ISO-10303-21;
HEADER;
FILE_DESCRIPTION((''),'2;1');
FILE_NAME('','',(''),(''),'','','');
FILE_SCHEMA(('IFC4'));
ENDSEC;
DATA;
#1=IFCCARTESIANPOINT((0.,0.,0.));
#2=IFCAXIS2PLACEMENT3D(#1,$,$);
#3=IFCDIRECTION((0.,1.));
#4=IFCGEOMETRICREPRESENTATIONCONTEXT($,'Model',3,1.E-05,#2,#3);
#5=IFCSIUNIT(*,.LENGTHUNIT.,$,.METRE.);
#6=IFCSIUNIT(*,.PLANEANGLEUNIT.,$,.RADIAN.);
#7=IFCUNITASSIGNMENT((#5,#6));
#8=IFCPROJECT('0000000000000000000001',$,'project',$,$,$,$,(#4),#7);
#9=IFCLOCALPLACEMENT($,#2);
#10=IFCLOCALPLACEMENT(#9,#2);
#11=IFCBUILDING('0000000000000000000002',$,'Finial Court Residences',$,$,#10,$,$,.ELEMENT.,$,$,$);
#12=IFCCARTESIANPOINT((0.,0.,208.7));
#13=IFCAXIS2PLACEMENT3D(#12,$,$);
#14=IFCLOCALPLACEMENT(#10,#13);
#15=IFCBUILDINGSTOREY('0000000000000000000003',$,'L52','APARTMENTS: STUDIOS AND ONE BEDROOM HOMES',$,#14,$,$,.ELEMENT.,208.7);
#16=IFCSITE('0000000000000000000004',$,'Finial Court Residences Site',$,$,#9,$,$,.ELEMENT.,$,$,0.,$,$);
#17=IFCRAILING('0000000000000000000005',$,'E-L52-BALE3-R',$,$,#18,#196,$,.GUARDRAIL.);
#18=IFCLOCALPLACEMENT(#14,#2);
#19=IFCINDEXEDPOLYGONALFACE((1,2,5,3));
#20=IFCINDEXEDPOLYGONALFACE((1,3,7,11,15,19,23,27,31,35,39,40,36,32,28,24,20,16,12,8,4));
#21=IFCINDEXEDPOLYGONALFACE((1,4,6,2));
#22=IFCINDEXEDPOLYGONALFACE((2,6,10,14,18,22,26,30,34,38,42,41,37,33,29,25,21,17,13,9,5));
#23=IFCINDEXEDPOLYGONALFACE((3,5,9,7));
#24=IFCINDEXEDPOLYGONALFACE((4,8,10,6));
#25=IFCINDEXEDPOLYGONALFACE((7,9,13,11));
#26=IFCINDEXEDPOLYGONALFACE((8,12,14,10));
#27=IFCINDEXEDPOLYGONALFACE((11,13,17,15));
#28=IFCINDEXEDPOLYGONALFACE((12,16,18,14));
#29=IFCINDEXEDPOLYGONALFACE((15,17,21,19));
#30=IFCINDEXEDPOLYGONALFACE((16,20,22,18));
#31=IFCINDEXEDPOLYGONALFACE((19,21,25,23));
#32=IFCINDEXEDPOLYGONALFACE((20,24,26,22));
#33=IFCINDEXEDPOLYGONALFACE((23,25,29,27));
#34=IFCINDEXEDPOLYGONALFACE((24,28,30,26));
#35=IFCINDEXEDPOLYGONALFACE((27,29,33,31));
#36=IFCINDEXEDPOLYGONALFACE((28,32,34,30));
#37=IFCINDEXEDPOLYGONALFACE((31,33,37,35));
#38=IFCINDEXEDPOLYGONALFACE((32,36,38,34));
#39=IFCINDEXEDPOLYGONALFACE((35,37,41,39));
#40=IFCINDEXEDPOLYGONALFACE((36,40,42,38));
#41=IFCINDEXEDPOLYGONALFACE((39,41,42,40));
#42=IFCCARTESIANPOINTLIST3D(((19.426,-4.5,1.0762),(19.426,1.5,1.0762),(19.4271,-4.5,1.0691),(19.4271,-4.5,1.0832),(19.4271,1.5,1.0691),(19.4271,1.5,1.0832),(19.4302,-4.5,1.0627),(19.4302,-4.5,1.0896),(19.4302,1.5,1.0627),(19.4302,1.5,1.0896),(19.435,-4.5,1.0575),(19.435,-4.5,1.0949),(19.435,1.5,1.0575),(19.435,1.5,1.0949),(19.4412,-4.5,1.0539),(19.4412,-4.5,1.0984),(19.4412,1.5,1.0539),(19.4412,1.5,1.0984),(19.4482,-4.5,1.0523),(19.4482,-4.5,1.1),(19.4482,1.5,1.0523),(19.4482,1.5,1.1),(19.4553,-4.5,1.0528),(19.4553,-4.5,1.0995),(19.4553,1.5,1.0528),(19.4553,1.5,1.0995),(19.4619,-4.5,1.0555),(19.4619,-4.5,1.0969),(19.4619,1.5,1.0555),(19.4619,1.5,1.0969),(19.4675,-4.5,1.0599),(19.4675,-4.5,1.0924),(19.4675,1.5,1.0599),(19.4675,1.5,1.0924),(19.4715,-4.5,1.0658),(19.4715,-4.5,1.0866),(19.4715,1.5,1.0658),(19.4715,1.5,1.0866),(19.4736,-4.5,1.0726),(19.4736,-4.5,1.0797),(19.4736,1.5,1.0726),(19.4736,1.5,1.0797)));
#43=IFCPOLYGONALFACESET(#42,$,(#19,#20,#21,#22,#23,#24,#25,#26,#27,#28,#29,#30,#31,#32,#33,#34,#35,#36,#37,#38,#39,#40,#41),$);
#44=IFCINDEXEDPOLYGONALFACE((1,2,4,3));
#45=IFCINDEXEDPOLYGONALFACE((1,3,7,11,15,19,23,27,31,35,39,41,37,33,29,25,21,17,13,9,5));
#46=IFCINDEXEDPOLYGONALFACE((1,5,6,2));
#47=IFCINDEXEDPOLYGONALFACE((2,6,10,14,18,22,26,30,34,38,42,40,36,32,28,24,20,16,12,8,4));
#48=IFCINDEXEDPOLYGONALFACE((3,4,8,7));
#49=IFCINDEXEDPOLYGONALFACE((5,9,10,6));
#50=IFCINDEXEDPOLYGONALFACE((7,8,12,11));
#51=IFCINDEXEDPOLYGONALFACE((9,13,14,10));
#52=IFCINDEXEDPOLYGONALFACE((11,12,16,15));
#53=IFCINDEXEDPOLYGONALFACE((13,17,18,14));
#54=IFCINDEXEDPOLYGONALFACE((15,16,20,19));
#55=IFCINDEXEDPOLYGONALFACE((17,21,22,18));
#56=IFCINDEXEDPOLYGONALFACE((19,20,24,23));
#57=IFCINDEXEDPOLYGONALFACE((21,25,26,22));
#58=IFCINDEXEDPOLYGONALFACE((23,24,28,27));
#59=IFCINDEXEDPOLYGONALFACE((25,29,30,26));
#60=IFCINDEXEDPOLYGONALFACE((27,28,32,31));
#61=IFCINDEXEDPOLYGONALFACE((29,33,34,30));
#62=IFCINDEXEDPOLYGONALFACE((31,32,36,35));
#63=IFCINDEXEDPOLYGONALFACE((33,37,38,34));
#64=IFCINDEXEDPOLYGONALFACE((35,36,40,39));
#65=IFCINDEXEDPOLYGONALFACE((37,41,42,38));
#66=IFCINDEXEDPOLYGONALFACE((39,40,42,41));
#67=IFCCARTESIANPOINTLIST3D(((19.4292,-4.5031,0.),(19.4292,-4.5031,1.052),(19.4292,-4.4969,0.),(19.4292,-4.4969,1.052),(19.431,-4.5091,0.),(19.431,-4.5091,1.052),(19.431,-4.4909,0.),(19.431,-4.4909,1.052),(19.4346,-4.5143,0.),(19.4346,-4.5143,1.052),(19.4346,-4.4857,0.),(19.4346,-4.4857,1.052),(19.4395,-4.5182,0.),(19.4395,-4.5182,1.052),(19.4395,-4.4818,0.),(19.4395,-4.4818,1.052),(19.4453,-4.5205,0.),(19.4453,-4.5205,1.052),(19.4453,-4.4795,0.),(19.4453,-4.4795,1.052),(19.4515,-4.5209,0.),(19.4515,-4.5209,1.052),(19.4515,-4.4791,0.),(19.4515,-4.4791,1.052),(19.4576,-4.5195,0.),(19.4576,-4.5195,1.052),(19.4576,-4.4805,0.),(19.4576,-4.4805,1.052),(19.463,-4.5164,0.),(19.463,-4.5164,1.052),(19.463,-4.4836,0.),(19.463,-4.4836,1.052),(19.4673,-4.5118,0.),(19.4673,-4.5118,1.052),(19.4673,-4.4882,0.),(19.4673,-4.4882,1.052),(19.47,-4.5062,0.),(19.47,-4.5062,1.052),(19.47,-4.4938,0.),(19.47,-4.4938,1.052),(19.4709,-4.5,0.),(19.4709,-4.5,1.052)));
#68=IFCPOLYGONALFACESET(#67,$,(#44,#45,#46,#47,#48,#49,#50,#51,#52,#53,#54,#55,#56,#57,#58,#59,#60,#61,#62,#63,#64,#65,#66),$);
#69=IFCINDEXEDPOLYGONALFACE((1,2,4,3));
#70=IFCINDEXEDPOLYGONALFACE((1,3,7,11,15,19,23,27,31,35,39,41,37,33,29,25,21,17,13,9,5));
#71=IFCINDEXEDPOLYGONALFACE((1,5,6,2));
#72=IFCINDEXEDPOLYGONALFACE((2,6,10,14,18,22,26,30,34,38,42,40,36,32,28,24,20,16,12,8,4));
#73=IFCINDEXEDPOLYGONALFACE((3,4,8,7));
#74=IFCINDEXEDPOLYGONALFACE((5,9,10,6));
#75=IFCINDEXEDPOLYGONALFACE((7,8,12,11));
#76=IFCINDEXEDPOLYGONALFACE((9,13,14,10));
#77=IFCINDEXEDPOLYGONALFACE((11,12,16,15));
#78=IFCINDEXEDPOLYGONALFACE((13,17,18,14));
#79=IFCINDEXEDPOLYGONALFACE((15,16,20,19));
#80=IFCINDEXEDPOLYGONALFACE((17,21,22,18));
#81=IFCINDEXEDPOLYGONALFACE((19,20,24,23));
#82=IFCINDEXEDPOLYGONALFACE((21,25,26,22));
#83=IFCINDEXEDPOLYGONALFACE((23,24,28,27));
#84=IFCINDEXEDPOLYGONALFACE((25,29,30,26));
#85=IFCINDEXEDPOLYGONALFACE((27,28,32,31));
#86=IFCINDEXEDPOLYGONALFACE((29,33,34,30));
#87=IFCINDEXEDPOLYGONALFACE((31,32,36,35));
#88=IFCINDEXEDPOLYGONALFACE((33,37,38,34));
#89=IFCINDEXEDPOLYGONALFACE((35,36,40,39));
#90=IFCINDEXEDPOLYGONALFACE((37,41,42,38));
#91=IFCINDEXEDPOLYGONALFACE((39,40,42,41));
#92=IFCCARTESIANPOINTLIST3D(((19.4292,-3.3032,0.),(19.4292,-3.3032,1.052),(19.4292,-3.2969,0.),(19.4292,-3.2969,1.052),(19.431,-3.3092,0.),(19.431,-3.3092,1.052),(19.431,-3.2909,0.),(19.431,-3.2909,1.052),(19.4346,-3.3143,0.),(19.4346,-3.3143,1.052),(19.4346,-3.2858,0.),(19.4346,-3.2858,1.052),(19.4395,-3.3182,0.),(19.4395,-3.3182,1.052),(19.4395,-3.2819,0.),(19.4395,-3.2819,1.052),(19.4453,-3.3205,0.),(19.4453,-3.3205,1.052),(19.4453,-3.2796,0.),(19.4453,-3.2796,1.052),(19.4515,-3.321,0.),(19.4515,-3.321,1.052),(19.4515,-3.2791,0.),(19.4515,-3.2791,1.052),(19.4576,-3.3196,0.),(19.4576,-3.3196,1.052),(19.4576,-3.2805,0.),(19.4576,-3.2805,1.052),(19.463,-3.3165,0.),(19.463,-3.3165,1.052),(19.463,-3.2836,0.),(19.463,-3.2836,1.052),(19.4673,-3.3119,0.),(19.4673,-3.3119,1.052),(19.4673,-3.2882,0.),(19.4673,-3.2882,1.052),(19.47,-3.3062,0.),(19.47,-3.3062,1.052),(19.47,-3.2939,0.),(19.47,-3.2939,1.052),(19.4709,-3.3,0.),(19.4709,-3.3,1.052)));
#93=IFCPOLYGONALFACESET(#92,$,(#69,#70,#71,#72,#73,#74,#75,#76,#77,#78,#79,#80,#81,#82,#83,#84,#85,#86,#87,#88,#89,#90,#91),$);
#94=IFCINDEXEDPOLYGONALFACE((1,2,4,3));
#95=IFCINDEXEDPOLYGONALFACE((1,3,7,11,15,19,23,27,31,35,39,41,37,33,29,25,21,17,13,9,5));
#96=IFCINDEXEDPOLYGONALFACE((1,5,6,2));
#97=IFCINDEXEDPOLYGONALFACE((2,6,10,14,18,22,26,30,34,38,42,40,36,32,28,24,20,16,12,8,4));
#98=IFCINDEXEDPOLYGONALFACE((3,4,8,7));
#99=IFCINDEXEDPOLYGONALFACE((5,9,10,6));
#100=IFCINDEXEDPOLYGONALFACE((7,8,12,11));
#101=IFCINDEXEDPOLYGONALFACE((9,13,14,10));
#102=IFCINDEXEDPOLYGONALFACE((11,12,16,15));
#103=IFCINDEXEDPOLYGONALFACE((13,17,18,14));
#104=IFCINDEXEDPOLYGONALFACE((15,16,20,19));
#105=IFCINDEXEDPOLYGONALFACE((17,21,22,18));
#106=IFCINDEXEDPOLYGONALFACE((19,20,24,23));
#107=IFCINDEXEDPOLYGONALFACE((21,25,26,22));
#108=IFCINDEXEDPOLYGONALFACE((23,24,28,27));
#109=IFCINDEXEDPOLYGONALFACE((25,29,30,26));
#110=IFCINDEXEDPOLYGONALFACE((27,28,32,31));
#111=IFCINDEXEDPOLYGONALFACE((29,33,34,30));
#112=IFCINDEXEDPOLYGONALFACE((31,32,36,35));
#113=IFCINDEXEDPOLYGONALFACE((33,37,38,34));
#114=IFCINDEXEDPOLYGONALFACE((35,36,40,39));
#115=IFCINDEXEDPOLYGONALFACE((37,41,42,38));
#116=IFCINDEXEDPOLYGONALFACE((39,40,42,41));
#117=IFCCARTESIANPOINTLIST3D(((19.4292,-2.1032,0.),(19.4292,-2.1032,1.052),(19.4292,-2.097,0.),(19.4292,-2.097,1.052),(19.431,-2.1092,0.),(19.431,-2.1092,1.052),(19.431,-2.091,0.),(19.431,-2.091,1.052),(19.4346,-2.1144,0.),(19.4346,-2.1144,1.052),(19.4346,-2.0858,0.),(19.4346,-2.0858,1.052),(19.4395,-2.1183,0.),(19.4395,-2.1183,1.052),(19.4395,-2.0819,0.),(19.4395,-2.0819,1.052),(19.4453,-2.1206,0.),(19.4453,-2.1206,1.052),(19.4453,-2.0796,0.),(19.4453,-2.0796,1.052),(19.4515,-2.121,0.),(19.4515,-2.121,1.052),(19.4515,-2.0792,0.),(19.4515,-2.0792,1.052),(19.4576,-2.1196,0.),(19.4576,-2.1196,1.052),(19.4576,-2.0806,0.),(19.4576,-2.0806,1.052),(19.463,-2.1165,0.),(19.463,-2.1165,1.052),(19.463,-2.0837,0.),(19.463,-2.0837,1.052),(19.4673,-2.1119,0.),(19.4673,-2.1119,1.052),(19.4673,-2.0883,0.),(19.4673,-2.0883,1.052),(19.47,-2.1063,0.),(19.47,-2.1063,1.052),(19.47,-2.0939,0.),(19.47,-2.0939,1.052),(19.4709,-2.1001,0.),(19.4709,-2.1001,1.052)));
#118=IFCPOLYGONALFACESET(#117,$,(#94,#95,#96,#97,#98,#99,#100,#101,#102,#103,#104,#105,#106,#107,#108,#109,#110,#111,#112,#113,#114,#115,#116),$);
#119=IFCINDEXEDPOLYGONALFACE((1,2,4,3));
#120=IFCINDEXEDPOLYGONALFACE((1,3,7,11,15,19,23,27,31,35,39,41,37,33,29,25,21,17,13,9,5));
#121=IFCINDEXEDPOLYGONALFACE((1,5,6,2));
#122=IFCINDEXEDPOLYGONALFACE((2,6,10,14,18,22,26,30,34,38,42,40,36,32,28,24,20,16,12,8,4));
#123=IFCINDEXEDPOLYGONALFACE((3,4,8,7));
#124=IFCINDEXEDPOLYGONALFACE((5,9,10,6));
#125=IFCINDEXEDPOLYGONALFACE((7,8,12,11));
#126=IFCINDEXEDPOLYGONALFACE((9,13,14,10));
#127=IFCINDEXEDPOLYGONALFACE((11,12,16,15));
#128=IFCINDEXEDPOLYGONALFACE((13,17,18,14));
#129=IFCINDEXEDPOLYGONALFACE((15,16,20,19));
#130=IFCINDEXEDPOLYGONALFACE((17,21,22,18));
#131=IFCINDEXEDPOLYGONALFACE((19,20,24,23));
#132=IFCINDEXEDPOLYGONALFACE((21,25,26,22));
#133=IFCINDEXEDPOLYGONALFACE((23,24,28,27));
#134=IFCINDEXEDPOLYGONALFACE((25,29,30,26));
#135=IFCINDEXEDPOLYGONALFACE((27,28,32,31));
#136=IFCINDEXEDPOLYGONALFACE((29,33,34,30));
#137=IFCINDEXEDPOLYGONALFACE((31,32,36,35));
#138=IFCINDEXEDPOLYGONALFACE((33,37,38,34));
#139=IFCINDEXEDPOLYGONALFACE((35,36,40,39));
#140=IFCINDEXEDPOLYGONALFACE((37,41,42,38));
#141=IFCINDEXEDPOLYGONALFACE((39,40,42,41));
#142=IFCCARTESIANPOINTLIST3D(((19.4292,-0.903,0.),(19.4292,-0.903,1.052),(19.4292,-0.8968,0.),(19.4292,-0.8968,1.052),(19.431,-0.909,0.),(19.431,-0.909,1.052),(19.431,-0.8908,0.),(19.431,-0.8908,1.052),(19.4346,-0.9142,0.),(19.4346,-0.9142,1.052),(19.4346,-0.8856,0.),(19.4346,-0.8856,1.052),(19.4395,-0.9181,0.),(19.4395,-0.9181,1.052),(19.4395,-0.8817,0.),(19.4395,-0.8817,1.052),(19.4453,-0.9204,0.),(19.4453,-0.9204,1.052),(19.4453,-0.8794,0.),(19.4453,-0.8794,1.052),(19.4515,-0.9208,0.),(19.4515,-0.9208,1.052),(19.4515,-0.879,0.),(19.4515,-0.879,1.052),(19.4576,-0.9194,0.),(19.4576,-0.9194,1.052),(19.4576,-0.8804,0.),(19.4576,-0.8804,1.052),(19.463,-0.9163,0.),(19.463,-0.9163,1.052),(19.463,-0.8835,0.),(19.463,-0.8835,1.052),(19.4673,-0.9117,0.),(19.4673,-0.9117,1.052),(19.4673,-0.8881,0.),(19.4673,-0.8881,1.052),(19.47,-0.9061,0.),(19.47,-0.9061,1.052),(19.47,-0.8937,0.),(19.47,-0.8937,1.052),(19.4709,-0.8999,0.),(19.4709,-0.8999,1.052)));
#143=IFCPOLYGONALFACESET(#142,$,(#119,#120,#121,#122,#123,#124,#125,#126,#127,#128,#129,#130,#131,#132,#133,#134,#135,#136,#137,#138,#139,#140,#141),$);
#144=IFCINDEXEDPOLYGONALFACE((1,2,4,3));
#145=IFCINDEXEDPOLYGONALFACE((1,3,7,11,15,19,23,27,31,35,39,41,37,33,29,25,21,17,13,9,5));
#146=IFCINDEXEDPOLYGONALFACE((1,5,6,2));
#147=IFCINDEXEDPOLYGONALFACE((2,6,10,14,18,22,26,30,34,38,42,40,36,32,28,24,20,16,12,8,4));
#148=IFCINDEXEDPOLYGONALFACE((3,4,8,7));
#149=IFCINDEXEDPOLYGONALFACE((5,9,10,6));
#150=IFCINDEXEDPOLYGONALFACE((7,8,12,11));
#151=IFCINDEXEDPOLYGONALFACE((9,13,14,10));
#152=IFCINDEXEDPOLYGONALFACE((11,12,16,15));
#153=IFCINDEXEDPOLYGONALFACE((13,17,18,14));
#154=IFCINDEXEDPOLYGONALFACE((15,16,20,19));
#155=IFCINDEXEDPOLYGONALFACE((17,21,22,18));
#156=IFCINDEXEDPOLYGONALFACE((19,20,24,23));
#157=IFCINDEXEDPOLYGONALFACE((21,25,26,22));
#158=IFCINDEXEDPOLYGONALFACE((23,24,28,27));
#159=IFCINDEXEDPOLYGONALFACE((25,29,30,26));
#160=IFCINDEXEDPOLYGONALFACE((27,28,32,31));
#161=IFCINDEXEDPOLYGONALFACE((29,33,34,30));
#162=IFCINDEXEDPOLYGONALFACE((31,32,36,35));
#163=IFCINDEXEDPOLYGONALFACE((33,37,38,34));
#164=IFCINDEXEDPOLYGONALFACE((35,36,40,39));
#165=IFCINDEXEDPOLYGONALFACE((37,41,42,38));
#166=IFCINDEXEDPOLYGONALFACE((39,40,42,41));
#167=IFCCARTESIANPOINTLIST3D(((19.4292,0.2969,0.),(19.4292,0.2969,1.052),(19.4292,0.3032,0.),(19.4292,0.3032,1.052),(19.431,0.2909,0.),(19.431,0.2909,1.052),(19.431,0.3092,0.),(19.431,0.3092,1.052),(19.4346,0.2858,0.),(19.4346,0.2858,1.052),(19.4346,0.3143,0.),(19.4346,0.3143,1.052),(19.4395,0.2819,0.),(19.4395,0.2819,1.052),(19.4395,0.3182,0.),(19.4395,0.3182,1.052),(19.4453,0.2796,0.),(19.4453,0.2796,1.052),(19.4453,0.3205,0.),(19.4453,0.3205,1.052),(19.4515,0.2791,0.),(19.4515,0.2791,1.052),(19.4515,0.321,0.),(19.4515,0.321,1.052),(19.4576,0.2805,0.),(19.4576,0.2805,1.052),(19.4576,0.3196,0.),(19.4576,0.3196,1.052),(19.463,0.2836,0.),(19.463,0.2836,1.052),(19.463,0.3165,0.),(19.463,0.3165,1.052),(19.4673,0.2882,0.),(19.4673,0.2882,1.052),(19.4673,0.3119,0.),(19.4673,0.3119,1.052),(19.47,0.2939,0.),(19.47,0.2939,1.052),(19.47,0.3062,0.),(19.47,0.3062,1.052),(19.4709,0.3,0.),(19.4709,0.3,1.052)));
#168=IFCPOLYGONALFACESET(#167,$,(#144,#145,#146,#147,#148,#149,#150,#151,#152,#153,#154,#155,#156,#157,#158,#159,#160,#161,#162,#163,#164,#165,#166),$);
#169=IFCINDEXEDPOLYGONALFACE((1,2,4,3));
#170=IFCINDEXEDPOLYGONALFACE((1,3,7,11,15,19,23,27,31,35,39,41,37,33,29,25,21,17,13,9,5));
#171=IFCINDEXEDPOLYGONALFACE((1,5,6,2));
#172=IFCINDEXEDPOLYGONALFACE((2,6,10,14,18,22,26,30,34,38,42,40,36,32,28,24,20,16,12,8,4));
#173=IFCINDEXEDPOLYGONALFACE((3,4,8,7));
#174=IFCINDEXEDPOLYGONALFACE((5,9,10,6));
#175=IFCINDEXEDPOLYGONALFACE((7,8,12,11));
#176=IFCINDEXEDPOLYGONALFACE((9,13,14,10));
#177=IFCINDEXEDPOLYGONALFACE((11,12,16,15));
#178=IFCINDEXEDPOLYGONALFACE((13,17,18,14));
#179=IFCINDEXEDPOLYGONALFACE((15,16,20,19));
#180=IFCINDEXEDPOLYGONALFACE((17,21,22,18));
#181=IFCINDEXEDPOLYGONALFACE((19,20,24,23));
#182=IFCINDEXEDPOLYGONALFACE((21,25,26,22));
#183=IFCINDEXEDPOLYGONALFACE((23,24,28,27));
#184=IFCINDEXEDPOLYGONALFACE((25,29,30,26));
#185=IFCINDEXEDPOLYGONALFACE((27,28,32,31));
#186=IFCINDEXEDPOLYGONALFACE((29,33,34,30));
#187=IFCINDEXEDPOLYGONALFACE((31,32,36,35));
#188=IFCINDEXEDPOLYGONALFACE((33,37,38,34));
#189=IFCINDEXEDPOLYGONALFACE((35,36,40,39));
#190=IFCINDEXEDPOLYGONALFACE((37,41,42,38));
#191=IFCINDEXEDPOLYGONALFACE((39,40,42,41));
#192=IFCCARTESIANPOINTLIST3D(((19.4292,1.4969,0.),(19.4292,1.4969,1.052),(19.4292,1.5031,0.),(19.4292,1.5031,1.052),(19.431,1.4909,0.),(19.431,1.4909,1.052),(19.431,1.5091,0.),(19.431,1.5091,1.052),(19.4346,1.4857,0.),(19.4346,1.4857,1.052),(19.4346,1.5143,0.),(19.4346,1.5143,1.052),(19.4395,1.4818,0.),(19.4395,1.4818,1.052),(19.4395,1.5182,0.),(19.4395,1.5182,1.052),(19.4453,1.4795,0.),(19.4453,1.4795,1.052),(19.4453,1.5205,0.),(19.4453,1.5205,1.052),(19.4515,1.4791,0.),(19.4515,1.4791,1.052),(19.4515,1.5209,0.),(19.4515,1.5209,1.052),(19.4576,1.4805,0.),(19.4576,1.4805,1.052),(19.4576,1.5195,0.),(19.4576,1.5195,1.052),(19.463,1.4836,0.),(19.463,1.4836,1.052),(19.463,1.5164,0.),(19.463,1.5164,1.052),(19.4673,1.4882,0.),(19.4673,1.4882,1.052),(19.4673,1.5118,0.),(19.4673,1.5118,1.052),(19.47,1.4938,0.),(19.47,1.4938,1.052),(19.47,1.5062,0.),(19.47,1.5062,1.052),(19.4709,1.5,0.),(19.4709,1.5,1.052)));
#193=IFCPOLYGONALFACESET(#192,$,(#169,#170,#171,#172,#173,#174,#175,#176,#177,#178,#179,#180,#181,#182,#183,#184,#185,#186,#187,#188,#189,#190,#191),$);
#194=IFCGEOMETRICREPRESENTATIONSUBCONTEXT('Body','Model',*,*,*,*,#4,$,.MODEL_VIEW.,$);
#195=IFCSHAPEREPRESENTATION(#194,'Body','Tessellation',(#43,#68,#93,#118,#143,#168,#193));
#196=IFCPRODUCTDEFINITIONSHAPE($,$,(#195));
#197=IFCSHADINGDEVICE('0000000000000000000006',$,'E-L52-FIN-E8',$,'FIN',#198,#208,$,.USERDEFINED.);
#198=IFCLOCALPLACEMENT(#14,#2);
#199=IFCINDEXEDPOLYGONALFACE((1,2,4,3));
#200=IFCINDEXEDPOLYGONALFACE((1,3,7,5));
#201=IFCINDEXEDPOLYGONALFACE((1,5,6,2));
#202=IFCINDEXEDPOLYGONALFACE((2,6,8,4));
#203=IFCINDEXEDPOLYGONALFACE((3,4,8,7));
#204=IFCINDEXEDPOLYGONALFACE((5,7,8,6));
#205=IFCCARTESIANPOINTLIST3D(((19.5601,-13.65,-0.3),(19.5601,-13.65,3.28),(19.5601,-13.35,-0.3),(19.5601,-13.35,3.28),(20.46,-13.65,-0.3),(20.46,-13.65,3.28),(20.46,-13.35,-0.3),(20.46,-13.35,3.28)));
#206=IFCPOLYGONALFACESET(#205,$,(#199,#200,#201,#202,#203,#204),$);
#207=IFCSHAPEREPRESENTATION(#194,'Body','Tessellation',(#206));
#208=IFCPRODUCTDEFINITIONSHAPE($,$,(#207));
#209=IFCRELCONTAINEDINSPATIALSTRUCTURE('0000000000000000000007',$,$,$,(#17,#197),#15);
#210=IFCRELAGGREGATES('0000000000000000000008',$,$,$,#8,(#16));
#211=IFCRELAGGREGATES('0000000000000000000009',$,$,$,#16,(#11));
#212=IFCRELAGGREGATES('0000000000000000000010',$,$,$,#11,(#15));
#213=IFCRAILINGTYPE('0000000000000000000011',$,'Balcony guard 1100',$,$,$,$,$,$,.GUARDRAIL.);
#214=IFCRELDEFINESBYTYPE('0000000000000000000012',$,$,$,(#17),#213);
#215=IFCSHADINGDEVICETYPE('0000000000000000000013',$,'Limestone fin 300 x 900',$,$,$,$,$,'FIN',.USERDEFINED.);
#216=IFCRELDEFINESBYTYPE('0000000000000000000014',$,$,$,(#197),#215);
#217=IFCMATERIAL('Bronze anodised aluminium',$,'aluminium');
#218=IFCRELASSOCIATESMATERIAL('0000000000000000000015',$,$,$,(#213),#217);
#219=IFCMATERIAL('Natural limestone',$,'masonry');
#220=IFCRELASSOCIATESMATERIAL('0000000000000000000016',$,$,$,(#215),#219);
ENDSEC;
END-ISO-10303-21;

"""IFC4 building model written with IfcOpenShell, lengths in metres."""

from ifc_helpers import new_model, si_unit, direction, frame, origin, origin_2d, place, context, subcontext, project, spatial, rectangle, circle, extrude, material, type_object, element, save


model = new_model("IFC4")

# Units and contexts
model_context = context("Model", 3, precision=1e-05, world=origin(), true_north=direction((0.0, 1.0)))
body_context = subcontext(model_context, "Body", "Model", "MODEL_VIEW")
ifc_project = project(units=[si_unit("LENGTHUNIT", "METRE"), si_unit("PLANEANGLEUNIT", "RADIAN")], contexts=[model_context])

# Site, building, storey
site_placement = place(None, origin())
site = spatial("IfcSite", under=ifc_project, at=site_placement, Name="Finial Court Residences Site", CompositionType="ELEMENT", RefElevation=0.0)
building_placement = place(site_placement, origin())
building = spatial("IfcBuilding", under=site, at=building_placement, Name="Finial Court Residences", CompositionType="ELEMENT")
storey_placement = place(building_placement, frame((0.0, 0.0, 208.7)))
storey = spatial("IfcBuildingStorey", under=building, at=storey_placement, Name="L52", Description="APARTMENTS: STUDIOS AND ONE BEDROOM HOMES", CompositionType="ELEMENT", Elevation=208.7)

# Shared definitions
ifc_material_1 = material(Name="Bronze anodised aluminium", Category="aluminium")

# Shared definitions
ifc_material_2 = material(Name="Natural limestone", Category="masonry")

# Railing
railing_type = type_object("IfcRailingType", Name="Balcony guard 1100", PredefinedType="GUARDRAIL", material=ifc_material_1)
railing_placement = place(storey_placement, frame((19.45, -4.5, 0.0)))
element("IfcRailing", 1, at=railing_placement, inside=storey, type_object=railing_type, Name="E-L52-BALE3-R", PredefinedType="GUARDRAIL", context=body_context, shape_type="SweptSolid", body=[
    extrude(circle(Radius=0.0239, at=origin_2d()), frame((0.0, 0.0, 1.0762), z_axis=(0.0, 1.0, 0.0), x_axis=(-1.0, 0.0, 0.0)), (0.0, 0.0, 1.0), 6.0),
    extrude(circle(Radius=0.021, at=origin_2d()), origin(), (0.0, 0.0, 1.0), 1.052),
    extrude(circle(Radius=0.021, at=origin_2d()), frame((0.0, 1.2, 0.0)), (0.0, 0.0, 1.0), 1.052),
    extrude(circle(Radius=0.021, at=origin_2d()), frame((0.0, 2.3999, 0.0)), (0.0, 0.0, 1.0), 1.052),
    extrude(circle(Radius=0.021, at=origin_2d()), frame((0.0, 3.6001, 0.0)), (0.0, 0.0, 1.0), 1.052),
    extrude(circle(Radius=0.021, at=origin_2d()), frame((0.0, 4.8, 0.0)), (0.0, 0.0, 1.0), 1.052),
    extrude(circle(Radius=0.021, at=origin_2d()), frame((0.0, 6.0, 0.0)), (0.0, 0.0, 1.0), 1.052),
])

# Shading device
shading_device_type = type_object("IfcShadingDeviceType", Name="Limestone fin 300 x 900", ElementType="FIN", PredefinedType="USERDEFINED", material=ifc_material_2)
shading_device_1_placement = place(storey_placement, frame((20.01, -13.5, -0.3), z_axis=(0.0, 0.0, 1.0), x_axis=(1.0, 0.0, 0.0)))
element("IfcShadingDevice", 2, at=shading_device_1_placement, inside=storey, type_object=shading_device_type, Name="E-L52-FIN-E8", ObjectType="FIN", PredefinedType="USERDEFINED", context=body_context, shape_type="SweptSolid", body=[
    extrude(rectangle(XDim=0.8999, YDim=0.3, at=origin_2d()), origin(), (0.0, 0.0, 1.0), 3.5801),
])

save(model, "model.ifc")
